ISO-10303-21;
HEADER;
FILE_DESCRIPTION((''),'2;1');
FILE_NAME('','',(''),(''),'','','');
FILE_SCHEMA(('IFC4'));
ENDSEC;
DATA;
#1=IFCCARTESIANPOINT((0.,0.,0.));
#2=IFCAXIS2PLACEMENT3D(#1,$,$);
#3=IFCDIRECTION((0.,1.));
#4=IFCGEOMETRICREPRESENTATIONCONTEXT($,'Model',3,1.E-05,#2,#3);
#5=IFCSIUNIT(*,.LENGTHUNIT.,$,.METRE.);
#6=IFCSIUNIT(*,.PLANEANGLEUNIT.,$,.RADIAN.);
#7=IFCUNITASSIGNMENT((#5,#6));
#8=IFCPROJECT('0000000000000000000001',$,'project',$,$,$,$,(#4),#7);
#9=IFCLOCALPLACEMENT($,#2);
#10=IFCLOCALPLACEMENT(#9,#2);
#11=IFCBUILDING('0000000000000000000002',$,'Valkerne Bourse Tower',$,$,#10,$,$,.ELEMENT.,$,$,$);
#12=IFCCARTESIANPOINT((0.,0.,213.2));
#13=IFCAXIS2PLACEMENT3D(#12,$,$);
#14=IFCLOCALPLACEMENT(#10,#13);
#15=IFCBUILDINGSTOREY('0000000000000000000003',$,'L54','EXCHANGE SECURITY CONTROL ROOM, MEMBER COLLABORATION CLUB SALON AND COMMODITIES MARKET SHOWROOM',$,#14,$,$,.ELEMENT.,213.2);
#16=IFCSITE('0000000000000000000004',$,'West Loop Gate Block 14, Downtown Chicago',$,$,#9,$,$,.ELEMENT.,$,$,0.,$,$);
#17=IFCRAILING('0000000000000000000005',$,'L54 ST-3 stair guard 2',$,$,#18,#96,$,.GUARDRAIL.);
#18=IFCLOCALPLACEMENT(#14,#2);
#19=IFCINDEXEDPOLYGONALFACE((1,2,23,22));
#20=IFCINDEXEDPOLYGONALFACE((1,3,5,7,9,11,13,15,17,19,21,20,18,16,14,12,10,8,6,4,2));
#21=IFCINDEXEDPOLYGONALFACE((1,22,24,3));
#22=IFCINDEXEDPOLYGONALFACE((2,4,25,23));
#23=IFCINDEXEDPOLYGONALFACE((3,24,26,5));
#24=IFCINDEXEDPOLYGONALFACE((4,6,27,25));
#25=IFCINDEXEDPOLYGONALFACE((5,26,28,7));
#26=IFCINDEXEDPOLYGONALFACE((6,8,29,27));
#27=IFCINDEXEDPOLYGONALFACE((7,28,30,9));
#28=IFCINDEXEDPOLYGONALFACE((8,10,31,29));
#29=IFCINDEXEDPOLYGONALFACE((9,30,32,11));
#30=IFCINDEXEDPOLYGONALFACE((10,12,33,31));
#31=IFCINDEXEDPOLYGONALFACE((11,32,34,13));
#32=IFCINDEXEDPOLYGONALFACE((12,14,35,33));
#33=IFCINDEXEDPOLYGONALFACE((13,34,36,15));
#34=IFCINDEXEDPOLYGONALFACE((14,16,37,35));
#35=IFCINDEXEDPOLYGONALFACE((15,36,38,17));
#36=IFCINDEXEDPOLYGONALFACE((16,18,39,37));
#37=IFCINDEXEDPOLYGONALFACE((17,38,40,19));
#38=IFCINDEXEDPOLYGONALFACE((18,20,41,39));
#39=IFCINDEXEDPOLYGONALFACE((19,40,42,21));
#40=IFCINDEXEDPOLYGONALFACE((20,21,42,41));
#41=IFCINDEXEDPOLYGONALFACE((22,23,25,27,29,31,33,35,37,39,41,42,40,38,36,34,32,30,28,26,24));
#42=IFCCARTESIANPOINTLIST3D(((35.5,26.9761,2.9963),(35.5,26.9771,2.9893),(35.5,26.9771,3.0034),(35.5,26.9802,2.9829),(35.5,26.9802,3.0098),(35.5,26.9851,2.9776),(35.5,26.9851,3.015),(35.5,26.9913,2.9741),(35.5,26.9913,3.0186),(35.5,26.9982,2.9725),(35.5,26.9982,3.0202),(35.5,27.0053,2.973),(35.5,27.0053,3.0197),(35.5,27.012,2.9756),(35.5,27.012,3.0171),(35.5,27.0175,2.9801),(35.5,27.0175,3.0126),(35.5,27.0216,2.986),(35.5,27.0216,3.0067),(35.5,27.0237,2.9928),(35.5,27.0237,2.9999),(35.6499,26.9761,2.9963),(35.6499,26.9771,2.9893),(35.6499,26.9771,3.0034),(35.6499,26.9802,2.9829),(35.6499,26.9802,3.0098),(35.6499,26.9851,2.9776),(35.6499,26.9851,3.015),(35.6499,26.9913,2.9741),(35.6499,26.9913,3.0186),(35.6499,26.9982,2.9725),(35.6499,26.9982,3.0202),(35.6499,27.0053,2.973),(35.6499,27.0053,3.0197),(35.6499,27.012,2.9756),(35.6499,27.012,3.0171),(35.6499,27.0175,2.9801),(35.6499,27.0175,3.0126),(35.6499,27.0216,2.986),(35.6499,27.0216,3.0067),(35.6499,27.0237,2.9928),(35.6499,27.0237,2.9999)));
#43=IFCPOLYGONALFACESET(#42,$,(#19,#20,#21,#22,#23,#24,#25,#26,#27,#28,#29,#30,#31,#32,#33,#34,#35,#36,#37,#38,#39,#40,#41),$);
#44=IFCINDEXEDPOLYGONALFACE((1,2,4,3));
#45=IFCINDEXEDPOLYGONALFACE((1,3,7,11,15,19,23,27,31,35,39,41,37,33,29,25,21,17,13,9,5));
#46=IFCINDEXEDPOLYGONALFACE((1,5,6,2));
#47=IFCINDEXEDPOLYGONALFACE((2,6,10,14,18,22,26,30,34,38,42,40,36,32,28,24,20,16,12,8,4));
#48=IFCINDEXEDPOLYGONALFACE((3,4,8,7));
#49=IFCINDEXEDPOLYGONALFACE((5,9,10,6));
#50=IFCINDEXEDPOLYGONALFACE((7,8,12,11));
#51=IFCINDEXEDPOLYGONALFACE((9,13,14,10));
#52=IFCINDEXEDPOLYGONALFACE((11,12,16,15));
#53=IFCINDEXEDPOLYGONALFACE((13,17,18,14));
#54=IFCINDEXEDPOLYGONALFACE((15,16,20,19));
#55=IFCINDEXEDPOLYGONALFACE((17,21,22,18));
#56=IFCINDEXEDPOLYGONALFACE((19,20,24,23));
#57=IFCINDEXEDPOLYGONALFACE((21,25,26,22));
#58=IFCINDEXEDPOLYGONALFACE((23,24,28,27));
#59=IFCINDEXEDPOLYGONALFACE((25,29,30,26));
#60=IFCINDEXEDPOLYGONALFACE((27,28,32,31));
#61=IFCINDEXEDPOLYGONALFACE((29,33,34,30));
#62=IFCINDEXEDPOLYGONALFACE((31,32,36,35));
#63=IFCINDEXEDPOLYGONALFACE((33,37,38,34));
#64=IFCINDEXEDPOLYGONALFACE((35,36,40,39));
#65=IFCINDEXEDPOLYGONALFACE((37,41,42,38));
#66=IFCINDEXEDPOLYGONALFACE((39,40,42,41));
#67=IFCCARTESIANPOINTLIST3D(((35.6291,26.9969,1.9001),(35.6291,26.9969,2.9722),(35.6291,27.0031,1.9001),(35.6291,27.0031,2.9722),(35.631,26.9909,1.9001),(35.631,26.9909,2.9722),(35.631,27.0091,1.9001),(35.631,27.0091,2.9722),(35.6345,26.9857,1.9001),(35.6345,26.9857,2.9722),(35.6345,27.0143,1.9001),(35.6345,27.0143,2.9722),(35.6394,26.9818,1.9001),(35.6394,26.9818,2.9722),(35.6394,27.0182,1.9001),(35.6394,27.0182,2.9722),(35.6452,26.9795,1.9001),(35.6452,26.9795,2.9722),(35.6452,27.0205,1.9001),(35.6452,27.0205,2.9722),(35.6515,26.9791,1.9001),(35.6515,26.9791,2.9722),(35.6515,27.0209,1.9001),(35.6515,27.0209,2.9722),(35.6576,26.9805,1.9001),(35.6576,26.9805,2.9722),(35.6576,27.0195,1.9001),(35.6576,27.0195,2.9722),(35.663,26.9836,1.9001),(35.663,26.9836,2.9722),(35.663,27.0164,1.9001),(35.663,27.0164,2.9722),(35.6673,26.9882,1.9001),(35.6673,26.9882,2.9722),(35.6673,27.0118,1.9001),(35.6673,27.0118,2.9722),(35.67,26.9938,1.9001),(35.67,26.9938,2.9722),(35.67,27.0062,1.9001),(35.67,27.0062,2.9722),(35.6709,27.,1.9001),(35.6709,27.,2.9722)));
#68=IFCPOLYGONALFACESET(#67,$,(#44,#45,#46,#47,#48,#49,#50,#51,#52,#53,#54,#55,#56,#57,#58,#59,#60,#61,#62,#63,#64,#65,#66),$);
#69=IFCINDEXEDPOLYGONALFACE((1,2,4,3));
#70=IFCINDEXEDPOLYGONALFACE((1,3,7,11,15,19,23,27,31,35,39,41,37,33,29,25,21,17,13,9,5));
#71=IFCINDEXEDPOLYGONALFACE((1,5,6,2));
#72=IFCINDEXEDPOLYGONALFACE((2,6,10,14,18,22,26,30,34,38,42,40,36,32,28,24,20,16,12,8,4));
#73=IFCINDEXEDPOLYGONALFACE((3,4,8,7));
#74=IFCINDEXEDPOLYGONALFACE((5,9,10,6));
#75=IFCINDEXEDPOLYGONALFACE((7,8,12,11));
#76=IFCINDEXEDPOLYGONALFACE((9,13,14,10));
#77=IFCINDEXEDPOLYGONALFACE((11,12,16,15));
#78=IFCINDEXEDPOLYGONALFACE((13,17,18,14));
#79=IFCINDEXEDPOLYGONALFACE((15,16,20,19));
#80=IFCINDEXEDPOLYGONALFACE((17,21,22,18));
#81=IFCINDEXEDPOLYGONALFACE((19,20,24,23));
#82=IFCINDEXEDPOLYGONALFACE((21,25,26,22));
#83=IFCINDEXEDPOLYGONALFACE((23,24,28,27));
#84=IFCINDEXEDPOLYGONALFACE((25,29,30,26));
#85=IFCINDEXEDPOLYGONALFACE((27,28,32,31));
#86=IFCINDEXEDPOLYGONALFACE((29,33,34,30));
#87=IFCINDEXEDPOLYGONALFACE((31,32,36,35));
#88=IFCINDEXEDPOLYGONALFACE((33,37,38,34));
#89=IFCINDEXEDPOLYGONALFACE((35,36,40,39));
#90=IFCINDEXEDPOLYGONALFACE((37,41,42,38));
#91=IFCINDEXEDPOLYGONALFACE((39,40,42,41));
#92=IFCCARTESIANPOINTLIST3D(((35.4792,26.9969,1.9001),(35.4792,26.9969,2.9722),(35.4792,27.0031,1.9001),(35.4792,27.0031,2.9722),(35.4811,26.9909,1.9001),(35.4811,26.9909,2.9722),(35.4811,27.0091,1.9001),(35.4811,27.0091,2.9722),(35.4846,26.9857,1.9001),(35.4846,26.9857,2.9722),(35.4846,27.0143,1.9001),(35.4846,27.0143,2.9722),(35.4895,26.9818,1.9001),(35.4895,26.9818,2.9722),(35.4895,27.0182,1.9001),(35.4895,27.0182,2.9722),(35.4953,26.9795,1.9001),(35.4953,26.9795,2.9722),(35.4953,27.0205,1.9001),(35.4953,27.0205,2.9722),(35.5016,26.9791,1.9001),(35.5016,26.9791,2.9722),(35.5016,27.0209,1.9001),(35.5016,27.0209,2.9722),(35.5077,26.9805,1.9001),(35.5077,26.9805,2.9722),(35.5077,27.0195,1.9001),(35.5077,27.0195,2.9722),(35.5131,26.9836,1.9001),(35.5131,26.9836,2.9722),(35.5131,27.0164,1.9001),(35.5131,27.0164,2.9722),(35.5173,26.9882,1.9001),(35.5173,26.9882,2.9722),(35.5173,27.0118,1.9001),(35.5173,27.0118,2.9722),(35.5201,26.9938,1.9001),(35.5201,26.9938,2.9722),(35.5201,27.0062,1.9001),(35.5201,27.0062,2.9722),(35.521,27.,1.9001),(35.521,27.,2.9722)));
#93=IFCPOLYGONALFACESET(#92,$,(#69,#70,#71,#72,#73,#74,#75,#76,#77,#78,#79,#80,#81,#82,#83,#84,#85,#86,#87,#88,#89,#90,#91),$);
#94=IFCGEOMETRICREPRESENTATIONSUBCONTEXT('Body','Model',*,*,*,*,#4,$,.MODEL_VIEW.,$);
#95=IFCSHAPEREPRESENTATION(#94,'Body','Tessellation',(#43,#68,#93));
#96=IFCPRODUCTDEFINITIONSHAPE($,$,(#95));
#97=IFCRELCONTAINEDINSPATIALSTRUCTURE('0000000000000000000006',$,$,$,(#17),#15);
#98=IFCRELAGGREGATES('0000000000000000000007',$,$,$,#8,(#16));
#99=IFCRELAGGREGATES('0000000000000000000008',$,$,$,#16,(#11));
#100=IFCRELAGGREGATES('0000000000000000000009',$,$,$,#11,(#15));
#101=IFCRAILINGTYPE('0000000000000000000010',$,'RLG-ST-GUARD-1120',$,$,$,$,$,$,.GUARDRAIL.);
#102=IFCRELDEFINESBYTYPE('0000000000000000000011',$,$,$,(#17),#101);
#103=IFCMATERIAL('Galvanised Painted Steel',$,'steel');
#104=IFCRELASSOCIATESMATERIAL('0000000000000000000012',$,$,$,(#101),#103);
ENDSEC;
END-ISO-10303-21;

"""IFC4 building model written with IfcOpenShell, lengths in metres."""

from ifc_helpers import new_model, si_unit, direction, frame, origin, origin_2d, place, context, subcontext, project, spatial, circle, extrude, material, type_object, element, save


model = new_model("IFC4")

# Units and contexts
model_context = context("Model", 3, precision=1e-05, world=origin(), true_north=direction((0.0, 1.0)))
body_context = subcontext(model_context, "Body", "Model", "MODEL_VIEW")
ifc_project = project(units=[si_unit("LENGTHUNIT", "METRE"), si_unit("PLANEANGLEUNIT", "RADIAN")], contexts=[model_context])

# Site, building, storey
site_placement = place(None, origin())
site = spatial("IfcSite", under=ifc_project, at=site_placement, Name="West Loop Gate Block 14, Downtown Chicago", CompositionType="ELEMENT", RefElevation=0.0)
building_placement = place(site_placement, origin())
building = spatial("IfcBuilding", under=site, at=building_placement, Name="Valkerne Bourse Tower", CompositionType="ELEMENT")
storey_placement = place(building_placement, frame((0.0, 0.0, 213.2)))
storey = spatial("IfcBuildingStorey", under=building, at=storey_placement, Name="L54", Description="EXCHANGE SECURITY CONTROL ROOM, MEMBER COLLABORATION CLUB SALON AND COMMODITIES MARKET SHOWROOM", CompositionType="ELEMENT", Elevation=213.2)

# Railing
ifc_material_1 = material(Name="Galvanised Painted Steel", Category="steel")
railing_type_1 = type_object("IfcRailingType", Name="RLG-ST-GUARD-1120", PredefinedType="GUARDRAIL", material=ifc_material_1)
railing_1_placement = place(storey_placement, frame((35.6499, 27.0, 1.9001)))
element("IfcRailing", 1, at=railing_1_placement, inside=storey, type_object=railing_type_1, Name="L54 ST-3 stair guard 2", PredefinedType="GUARDRAIL", context=body_context, shape_type="SweptSolid", body=[
    extrude(circle(Radius=0.0239, at=origin_2d()), frame((0.0, 0.0, 1.0962), z_axis=(-1.0, 0.0, 0.0), x_axis=(0.0, -1.0, 0.0)), (0.0, 0.0, 1.0), 0.1499),
    extrude(circle(Radius=0.021, at=origin_2d()), origin(), (0.0, 0.0, 1.0), 1.072),
    extrude(circle(Radius=0.021, at=origin_2d()), frame((-0.1499, 0.0, 0.0)), (0.0, 0.0, 1.0), 1.072),
])

save(model, "model.ifc")
